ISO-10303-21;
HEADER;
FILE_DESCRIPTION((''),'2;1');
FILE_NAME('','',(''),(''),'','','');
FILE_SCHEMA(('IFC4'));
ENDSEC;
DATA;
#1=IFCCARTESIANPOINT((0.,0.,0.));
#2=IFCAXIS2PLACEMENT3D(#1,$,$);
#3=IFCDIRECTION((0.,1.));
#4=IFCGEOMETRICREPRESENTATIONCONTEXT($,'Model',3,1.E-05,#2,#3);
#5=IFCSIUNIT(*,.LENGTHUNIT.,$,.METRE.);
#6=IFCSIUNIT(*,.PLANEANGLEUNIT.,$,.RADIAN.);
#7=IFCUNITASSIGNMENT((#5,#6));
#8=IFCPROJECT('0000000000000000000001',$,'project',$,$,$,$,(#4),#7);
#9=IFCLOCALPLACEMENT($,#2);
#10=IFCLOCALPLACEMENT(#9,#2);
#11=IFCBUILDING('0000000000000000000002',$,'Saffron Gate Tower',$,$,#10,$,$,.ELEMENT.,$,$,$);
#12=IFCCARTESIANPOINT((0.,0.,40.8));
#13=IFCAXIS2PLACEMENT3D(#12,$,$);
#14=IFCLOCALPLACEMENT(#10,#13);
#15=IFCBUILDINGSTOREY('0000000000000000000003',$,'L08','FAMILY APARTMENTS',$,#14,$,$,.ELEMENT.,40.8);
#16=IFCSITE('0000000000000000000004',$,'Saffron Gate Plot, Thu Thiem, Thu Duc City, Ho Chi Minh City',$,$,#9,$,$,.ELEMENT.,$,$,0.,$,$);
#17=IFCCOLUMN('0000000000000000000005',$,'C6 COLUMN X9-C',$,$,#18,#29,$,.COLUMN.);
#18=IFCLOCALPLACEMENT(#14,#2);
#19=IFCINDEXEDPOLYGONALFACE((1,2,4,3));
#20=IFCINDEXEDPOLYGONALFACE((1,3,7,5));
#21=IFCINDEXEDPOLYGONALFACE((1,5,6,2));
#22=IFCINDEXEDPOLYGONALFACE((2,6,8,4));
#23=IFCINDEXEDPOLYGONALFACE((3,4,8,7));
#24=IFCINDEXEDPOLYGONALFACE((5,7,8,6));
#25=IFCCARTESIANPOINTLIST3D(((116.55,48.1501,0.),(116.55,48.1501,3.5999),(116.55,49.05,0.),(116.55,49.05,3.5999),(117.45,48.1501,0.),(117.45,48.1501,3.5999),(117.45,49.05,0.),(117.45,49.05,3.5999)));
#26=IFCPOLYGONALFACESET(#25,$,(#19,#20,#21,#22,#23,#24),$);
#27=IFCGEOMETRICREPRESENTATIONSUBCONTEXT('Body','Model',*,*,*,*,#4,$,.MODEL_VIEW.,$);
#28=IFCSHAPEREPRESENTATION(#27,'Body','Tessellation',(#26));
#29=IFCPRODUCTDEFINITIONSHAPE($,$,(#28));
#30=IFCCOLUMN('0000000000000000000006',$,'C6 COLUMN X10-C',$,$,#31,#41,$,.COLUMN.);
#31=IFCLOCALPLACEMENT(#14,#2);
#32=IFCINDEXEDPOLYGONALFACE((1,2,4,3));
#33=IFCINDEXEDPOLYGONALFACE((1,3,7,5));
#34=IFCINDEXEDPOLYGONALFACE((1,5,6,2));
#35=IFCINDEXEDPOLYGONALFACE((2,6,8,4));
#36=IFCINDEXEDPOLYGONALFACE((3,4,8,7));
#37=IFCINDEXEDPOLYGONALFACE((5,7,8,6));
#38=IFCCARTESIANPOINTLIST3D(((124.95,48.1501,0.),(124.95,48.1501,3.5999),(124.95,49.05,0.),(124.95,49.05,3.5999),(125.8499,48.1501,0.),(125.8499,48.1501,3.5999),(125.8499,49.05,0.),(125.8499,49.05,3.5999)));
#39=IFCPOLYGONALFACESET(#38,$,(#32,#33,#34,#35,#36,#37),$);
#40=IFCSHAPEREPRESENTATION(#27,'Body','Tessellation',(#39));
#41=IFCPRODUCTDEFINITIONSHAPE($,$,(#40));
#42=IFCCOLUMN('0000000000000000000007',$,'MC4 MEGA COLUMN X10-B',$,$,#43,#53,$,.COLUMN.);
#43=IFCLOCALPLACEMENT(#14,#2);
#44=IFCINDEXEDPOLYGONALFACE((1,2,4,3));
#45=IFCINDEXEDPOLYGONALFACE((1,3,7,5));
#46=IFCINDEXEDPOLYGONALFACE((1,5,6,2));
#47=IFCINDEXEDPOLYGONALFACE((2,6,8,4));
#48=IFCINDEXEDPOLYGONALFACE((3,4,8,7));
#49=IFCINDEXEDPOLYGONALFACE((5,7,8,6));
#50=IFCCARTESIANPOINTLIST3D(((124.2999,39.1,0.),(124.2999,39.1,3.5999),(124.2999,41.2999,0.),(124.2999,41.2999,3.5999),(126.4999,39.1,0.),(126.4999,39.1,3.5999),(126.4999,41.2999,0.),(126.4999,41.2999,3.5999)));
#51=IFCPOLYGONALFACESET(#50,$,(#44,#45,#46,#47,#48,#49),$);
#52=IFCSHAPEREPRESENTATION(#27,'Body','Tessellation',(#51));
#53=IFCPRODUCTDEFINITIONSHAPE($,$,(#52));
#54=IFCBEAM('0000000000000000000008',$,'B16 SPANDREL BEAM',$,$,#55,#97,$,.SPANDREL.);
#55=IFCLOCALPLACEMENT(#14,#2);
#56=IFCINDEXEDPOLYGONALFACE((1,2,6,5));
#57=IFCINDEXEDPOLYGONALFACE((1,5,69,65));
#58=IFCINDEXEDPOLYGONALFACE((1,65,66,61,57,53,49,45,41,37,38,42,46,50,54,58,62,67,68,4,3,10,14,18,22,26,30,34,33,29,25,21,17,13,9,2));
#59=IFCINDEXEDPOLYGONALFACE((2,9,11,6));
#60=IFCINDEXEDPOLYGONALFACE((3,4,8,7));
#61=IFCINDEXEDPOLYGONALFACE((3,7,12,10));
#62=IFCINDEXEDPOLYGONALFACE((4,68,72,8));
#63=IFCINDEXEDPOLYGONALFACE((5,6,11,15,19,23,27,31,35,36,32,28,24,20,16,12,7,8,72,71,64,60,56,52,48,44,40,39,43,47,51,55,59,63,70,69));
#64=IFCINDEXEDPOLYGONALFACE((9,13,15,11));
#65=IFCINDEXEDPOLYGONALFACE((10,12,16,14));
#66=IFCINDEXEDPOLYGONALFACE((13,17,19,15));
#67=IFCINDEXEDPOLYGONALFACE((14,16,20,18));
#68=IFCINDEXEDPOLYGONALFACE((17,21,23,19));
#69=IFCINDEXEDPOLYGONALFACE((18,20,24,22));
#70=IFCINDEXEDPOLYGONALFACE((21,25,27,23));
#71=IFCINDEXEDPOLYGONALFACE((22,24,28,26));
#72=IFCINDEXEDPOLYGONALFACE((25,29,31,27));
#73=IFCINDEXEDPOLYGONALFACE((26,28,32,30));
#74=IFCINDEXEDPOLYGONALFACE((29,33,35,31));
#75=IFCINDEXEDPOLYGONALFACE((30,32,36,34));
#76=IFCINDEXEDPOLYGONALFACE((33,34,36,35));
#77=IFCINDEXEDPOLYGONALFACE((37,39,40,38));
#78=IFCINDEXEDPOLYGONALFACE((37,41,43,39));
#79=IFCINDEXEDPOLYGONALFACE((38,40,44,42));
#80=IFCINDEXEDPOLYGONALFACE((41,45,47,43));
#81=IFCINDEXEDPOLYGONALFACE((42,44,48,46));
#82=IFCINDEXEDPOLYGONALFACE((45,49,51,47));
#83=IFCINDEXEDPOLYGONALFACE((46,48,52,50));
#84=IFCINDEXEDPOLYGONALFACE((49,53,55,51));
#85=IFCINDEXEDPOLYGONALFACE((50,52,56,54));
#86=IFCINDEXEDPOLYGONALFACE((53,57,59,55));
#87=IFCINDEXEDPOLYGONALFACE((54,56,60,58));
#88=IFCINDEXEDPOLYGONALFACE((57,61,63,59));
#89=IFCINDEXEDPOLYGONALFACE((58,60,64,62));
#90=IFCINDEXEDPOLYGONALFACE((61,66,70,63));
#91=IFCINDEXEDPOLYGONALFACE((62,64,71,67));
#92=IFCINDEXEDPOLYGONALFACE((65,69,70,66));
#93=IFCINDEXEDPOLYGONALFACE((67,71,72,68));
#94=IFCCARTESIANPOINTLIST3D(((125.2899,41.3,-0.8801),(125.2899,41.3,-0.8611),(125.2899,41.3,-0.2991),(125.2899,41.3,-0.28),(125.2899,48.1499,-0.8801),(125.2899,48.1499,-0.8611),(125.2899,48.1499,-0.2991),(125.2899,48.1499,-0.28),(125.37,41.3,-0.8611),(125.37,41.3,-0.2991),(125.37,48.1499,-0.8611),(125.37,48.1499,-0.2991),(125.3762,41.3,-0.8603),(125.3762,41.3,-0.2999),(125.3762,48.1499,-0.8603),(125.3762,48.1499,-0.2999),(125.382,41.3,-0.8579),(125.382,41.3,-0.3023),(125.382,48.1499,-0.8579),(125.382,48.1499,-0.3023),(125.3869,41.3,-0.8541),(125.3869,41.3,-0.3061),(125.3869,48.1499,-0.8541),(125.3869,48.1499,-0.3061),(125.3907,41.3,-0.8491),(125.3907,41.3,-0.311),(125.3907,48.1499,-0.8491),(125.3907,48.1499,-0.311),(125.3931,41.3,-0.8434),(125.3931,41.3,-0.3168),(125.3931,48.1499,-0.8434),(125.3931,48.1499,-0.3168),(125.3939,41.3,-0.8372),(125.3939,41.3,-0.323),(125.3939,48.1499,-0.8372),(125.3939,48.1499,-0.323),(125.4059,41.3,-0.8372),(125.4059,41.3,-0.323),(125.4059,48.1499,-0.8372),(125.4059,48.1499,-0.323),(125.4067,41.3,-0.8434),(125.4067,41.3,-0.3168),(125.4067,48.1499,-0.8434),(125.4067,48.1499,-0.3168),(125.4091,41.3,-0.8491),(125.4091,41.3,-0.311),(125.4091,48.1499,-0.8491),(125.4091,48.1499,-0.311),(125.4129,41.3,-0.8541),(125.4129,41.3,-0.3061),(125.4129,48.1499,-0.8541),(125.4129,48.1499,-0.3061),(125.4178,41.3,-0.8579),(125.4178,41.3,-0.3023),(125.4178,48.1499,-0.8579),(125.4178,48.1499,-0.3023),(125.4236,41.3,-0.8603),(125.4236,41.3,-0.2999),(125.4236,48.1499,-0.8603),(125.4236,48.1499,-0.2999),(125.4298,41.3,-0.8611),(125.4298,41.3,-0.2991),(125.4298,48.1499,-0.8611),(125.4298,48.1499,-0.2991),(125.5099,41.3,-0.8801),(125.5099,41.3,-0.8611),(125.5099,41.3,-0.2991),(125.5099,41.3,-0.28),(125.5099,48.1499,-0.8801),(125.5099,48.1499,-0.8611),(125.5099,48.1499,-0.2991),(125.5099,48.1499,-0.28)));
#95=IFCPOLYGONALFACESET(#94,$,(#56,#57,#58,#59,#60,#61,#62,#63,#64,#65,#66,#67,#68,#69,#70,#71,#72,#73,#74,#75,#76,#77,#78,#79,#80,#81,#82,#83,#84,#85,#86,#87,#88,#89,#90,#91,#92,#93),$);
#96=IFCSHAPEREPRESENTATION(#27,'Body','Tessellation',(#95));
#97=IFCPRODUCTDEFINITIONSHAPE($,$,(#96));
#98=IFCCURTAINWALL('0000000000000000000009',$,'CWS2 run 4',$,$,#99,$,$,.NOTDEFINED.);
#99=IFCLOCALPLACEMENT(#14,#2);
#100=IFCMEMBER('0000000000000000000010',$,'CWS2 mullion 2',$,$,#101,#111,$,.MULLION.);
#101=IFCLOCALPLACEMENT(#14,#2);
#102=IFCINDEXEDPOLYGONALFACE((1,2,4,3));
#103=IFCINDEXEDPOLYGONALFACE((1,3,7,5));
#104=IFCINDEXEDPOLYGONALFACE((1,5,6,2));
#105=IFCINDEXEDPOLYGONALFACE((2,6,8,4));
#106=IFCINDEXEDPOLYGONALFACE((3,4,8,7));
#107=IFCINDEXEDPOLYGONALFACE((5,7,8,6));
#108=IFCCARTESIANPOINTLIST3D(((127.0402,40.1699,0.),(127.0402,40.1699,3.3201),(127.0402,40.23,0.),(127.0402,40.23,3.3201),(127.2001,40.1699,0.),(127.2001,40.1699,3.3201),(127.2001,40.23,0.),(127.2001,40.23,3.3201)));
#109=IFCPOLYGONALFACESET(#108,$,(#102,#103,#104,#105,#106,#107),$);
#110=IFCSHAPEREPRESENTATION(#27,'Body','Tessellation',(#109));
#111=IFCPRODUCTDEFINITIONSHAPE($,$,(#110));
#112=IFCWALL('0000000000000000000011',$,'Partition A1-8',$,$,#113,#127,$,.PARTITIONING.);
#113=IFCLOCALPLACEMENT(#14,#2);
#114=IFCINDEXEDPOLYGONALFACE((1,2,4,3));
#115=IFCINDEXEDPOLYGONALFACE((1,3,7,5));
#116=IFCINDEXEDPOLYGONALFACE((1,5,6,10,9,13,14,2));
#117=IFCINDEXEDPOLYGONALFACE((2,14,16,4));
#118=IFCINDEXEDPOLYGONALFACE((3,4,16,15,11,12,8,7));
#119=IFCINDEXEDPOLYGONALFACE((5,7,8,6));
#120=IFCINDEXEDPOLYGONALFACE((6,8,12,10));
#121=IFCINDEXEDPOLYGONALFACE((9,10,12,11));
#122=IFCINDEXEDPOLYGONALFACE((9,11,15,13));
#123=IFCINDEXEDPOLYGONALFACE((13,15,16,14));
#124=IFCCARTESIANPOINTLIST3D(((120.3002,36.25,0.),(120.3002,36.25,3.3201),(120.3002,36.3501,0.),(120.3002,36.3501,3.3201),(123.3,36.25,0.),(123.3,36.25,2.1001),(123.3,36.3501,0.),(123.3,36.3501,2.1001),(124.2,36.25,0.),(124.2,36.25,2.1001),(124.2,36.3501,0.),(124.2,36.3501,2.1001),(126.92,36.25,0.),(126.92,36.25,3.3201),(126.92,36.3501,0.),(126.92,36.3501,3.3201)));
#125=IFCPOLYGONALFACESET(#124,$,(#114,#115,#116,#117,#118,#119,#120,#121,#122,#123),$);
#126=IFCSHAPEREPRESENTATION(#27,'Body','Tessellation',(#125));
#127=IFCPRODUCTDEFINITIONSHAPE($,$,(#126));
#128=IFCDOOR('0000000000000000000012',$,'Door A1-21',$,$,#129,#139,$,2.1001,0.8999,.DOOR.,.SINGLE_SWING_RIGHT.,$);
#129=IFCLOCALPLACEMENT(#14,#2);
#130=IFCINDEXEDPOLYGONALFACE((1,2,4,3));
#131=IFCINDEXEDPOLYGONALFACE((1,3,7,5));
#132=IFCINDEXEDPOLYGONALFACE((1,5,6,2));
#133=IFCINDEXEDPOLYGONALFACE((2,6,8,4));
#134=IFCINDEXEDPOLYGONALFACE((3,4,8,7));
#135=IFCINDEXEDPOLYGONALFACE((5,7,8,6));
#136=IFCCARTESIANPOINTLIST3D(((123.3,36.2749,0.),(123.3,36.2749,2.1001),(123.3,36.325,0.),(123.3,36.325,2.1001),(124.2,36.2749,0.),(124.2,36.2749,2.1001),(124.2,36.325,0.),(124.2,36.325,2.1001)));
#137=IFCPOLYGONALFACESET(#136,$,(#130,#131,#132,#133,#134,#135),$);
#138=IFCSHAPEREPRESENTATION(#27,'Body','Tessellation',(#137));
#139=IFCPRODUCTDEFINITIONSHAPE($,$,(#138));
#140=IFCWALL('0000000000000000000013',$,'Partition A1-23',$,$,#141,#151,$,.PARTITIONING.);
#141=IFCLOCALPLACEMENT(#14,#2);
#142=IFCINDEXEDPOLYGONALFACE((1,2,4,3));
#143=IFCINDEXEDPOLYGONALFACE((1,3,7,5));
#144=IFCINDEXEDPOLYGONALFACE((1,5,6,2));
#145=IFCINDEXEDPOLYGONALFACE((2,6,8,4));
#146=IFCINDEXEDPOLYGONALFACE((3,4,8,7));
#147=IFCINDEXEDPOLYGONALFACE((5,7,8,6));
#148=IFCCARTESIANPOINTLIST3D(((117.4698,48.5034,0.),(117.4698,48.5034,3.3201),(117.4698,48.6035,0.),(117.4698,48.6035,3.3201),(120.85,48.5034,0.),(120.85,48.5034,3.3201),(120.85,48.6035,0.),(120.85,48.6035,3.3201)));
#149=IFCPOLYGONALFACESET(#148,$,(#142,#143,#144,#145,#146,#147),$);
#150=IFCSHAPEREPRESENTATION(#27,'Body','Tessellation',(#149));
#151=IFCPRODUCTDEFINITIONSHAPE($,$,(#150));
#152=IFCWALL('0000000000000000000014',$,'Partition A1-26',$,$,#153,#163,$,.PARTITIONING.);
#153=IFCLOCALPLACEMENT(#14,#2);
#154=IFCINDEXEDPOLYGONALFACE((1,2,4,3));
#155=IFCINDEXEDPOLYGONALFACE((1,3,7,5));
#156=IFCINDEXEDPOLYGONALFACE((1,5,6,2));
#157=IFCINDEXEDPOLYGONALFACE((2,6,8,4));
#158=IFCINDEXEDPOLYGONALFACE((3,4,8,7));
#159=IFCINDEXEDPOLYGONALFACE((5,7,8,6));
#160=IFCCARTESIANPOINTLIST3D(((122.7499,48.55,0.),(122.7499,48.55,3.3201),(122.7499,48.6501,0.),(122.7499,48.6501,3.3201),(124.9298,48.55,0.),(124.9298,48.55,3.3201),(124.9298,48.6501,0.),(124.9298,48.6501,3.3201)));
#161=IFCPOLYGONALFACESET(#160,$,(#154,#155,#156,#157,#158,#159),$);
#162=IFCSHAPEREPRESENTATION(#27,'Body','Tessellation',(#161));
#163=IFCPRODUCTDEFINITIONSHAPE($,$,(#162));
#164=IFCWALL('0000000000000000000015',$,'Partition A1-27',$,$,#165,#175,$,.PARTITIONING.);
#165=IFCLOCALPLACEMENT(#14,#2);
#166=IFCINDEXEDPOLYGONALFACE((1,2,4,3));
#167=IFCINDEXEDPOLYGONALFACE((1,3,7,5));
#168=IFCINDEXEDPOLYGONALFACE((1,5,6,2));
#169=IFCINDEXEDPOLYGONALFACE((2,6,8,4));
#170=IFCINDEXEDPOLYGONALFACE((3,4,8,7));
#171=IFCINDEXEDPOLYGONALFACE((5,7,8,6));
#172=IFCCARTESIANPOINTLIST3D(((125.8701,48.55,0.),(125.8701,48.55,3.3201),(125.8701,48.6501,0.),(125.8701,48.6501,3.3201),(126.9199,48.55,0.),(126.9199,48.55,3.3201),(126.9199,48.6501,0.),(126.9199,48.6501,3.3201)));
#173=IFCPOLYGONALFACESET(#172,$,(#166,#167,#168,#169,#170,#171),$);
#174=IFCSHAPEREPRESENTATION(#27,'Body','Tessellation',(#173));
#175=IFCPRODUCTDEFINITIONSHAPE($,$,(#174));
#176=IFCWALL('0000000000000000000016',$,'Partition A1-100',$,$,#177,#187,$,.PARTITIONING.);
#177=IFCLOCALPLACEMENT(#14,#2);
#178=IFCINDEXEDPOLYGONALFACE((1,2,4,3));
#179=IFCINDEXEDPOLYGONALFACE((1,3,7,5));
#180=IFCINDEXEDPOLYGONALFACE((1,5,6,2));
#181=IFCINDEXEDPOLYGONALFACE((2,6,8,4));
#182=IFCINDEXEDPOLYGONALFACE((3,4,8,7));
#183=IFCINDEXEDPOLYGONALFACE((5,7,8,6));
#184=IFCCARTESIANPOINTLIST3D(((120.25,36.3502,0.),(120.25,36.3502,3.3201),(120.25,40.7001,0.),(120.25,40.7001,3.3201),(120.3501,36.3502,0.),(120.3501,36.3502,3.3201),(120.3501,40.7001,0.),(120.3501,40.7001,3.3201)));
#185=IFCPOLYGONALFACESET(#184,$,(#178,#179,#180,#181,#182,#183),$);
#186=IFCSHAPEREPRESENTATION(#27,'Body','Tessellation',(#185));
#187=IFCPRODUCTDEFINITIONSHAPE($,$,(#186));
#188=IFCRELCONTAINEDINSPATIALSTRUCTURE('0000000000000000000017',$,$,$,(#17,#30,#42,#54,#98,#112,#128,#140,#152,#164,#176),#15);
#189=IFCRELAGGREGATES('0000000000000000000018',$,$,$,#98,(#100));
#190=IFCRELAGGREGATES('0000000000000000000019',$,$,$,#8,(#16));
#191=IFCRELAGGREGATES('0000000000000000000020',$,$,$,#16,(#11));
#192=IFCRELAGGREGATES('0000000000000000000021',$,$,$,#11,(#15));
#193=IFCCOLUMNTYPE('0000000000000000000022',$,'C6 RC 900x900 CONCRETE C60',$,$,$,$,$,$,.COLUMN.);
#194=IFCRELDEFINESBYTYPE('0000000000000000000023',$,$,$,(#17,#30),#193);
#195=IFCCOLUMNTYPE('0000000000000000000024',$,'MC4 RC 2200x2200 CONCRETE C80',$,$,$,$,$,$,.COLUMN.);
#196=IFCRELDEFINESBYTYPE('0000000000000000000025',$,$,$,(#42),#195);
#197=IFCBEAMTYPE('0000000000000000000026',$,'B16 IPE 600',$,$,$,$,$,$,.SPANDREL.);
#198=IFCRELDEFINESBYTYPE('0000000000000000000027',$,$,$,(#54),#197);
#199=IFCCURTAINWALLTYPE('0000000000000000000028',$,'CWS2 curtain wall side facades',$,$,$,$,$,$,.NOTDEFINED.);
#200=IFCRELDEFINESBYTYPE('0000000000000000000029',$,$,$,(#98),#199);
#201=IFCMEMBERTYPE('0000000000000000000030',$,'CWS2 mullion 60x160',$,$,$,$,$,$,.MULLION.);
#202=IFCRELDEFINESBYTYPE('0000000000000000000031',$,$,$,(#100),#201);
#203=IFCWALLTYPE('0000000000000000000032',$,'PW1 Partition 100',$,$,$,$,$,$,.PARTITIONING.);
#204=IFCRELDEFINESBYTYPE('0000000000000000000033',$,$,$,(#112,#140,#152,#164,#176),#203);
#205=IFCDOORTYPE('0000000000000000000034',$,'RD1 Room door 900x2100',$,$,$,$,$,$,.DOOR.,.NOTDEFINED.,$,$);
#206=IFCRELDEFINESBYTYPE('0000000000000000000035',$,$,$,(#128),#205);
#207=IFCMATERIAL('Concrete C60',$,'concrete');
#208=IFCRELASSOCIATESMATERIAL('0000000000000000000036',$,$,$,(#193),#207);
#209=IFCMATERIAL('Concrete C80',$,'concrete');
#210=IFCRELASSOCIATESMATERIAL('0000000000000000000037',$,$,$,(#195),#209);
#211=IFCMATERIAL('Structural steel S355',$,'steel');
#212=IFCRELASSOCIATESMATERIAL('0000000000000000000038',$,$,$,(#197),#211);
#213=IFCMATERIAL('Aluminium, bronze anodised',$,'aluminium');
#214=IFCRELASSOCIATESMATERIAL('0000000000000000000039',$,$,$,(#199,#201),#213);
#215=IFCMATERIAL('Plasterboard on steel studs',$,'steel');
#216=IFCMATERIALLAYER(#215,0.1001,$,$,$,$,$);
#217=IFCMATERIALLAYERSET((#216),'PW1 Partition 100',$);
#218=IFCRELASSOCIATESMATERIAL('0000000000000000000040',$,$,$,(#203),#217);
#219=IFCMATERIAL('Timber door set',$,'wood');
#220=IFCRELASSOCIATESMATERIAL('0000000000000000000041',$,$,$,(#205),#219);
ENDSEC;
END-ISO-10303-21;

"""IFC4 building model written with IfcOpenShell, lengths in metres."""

from ifc_helpers import new_model, si_unit, direction, frame, frame_2d, origin, origin_2d, place, context, subcontext, project, spatial, rectangle, i_section, extrude, material, layer, layer_set, material_profile, profile_set, type_object, element, fill, aggregate, save


model = new_model("IFC4")

# Units and contexts
model_context = context("Model", 3, precision=1e-05, world=origin(), true_north=direction((0.0, 1.0)))
body_context = subcontext(model_context, "Body", "Model", "MODEL_VIEW")
ifc_project = project(units=[si_unit("LENGTHUNIT", "METRE"), si_unit("PLANEANGLEUNIT", "RADIAN")], contexts=[model_context])

# Site, building, storey
site_placement = place(None, origin())
site = spatial("IfcSite", under=ifc_project, at=site_placement, Name="Saffron Gate Plot, Thu Thiem, Thu Duc City, Ho Chi Minh City", CompositionType="ELEMENT", RefElevation=0.0)
building_placement = place(site_placement, origin())
building = spatial("IfcBuilding", under=site, at=building_placement, Name="Saffron Gate Tower", CompositionType="ELEMENT")
storey_placement = place(building_placement, frame((0.0, 0.0, 40.8)))
storey = spatial("IfcBuildingStorey", under=building, at=storey_placement, Name="L08", Description="FAMILY APARTMENTS", CompositionType="ELEMENT", Elevation=40.8)

# Columns
ifc_material_1 = material(Name="Concrete C60", Category="concrete")
ifc_material_profile_1 = material_profile(ifc_material_1, rectangle(XDim=0.8999, YDim=0.8999, at=origin_2d()))
ifc_profile_set_1 = profile_set([ifc_material_profile_1], Name="Concrete C60")
column_type_1 = type_object("IfcColumnType", Name="C6 RC 900x900 CONCRETE C60", PredefinedType="COLUMN", material=ifc_profile_set_1)
for number, where, z_axis, x_axis, name in (
    (1, (117.0, 48.6001, 0.0), (0.0, 0.0, 1.0), (1.0, 0.0, 0.0), "C6 COLUMN X9-C"),
    (2, (125.3999, 48.6001, 0.0), (0.0, 0.0, 1.0), (1.0, 0.0, 0.0), "C6 COLUMN X10-C"),
):
    element("IfcColumn", number, at=place(storey_placement, frame(where, z_axis=z_axis, x_axis=x_axis)), inside=storey, type_object=column_type_1, Name=name, PredefinedType="COLUMN", context=body_context, shape_type="SweptSolid", body=[
        extrude(rectangle(XDim=0.8999, YDim=0.8999, at=origin_2d()), origin(), (0.0, 0.0, 1.0), 3.5999),
    ])
ifc_material_2 = material(Name="Concrete C80", Category="concrete")
ifc_material_profile_2 = material_profile(ifc_material_2, rectangle(XDim=2.2, YDim=2.2, at=origin_2d()))
ifc_profile_set_2 = profile_set([ifc_material_profile_2], Name="Concrete C80")
column_type_2 = type_object("IfcColumnType", Name="MC4 RC 2200x2200 CONCRETE C80", PredefinedType="COLUMN", material=ifc_profile_set_2)
column_placement = place(storey_placement, frame((125.3999, 40.2, 0.0), z_axis=(0.0, 0.0, 1.0), x_axis=(1.0, 0.0, 0.0)))
element("IfcColumn", 3, at=column_placement, inside=storey, type_object=column_type_2, Name="MC4 MEGA COLUMN X10-B", PredefinedType="COLUMN", context=body_context, shape_type="SweptSolid", body=[
    extrude(rectangle(XDim=2.2, YDim=2.2, at=origin_2d()), origin(), (0.0, 0.0, 1.0), 3.5999),
])

# Beam
ifc_material_3 = material(Name="Structural steel S355", Category="steel")
ifc_material_profile_3 = material_profile(ifc_material_3, i_section(OverallWidth=0.22, OverallDepth=0.6001, WebThickness=0.012, FlangeThickness=0.019, FilletRadius=0.0239, at=origin_2d()))
ifc_profile_set_3 = profile_set([ifc_material_profile_3], Name="Structural steel S355")
beam_type = type_object("IfcBeamType", Name="B16 IPE 600", PredefinedType="SPANDREL", material=ifc_profile_set_3)
beam_placement = place(storey_placement, frame((125.3999, 41.3, -0.5801), z_axis=(0.0, 1.0, 0.0), x_axis=(-1.0, 0.0, 0.0)))
element("IfcBeam", 4, at=beam_placement, inside=storey, type_object=beam_type, Name="B16 SPANDREL BEAM", PredefinedType="SPANDREL", context=body_context, shape_type="SweptSolid", body=[
    extrude(i_section(OverallWidth=0.22, OverallDepth=0.6001, WebThickness=0.012, FlangeThickness=0.019, FilletRadius=0.0239, at=origin_2d()), origin(), (0.0, 0.0, 1.0), 6.8499),
])

# Curtain wall, member
ifc_material_4 = material(Name="Aluminium, bronze anodised", Category="aluminium")
curtain_wall_type = type_object("IfcCurtainWallType", Name="CWS2 curtain wall side facades", PredefinedType="NOTDEFINED", material=ifc_material_4)
curtain_wall_placement = place(storey_placement, origin())
curtain_wall = element("IfcCurtainWall", 5, at=curtain_wall_placement, inside=storey, type_object=curtain_wall_type, Name="CWS2 run 4", PredefinedType="NOTDEFINED")
ifc_material_profile_4 = material_profile(ifc_material_4, rectangle(XDim=0.1599, YDim=0.0601, at=origin_2d()))
ifc_profile_set_4 = profile_set([ifc_material_profile_4], Name="Aluminium, bronze anodised")
member_type = type_object("IfcMemberType", Name="CWS2 mullion 60x160", PredefinedType="MULLION", material=ifc_profile_set_4)
member_placement = place(storey_placement, frame((127.1201, 40.2, 0.0), z_axis=(0.0, 0.0, 1.0), x_axis=(-1.0, 0.0, 0.0)))
member = element("IfcMember", 6, at=member_placement, type_object=member_type, Name="CWS2 mullion 2", PredefinedType="MULLION", context=body_context, shape_type="SweptSolid", body=[
    extrude(rectangle(XDim=0.1599, YDim=0.0601, at=origin_2d()), origin(), (0.0, 0.0, 1.0), 3.3201),
])
aggregate(curtain_wall, [member])

# Wall, opening, door
ifc_material_5 = material(Name="Plasterboard on steel studs", Category="steel")
ifc_layer_1 = layer(ifc_material_5, 0.1001)
ifc_layer_set_1 = layer_set([ifc_layer_1], Name="PW1 Partition 100")
wall_type_1 = type_object("IfcWallType", Name="PW1 Partition 100", PredefinedType="PARTITIONING", material=ifc_layer_set_1)
wall_1_placement = place(storey_placement, frame((120.3, 36.3, 0.0), z_axis=(0.0, 0.0, 1.0), x_axis=(1.0, 0.0, 0.0)))
wall_1 = element("IfcWall", 7, at=wall_1_placement, inside=storey, type_object=wall_type_1, Name="Partition A1-8", PredefinedType="PARTITIONING", context=body_context, shape_type="SweptSolid", body=[
    extrude(rectangle(XDim=6.6199, YDim=0.1001, at=frame_2d((3.3101, 0.0))), origin(), (0.0, 0.0, 1.0), 3.3201),
])
opening_1_placement = place(wall_1_placement, frame((3.0, 0.0, 0.0)))
opening_1 = element("IfcOpeningElement", 8, at=opening_1_placement, cuts=wall_1, PredefinedType="OPENING", context=body_context, shape_type="SweptSolid", body=[
    extrude(rectangle(XDim=0.8999, YDim=2.1001, at=frame_2d((0.45, 1.05))), frame((0.0, 0.0601, 0.0), z_axis=(0.0, -1.0, 0.0), x_axis=(1.0, 0.0, 0.0)), (0.0, 0.0, 1.0), 0.1201),
])
ifc_material_6 = material(Name="Timber door set", Category="wood")
door_type_1 = type_object("IfcDoorType", Name="RD1 Room door 900x2100", OperationType="NOTDEFINED", PredefinedType="DOOR", material=ifc_material_6)
door_1_placement = place(opening_1_placement, origin())
door_1 = element("IfcDoor", 9, at=door_1_placement, inside=storey, type_object=door_type_1, Name="Door A1-21", OperationType="SINGLE_SWING_RIGHT", OverallHeight=2.1001, OverallWidth=0.8999, PredefinedType="DOOR", context=body_context, shape_type="SweptSolid", body=[
    extrude(rectangle(XDim=0.8999, YDim=2.1001, at=frame_2d((0.45, 1.05))), frame((0.0, 0.0249, 0.0), z_axis=(0.0, -1.0, 0.0), x_axis=(1.0, 0.0, 0.0)), (0.0, 0.0, 1.0), 0.05),
])
fill(opening_1, door_1)

# Walls
wall_2_placement = place(storey_placement, frame((117.47, 48.5535, 0.0), z_axis=(0.0, 0.0, 1.0), x_axis=(1.0, 0.0, 0.0)))
element("IfcWall", 10, at=wall_2_placement, inside=storey, type_object=wall_type_1, Name="Partition A1-23", PredefinedType="PARTITIONING", context=body_context, shape_type="SweptSolid", body=[
    extrude(rectangle(XDim=3.3801, YDim=0.1001, at=frame_2d((1.6899, 0.0))), origin(), (0.0, 0.0, 1.0), 3.3201),
])
wall_3_placement = place(storey_placement, frame((122.75, 48.6001, 0.0), z_axis=(0.0, 0.0, 1.0), x_axis=(1.0, 0.0, 0.0)))
element("IfcWall", 11, at=wall_3_placement, inside=storey, type_object=wall_type_1, Name="Partition A1-26", PredefinedType="PARTITIONING", context=body_context, shape_type="SweptSolid", body=[
    extrude(rectangle(XDim=2.1799, YDim=0.1001, at=frame_2d((1.0898, 0.0))), origin(), (0.0, 0.0, 1.0), 3.3201),
])
wall_4_placement = place(storey_placement, frame((125.8701, 48.6001, 0.0), z_axis=(0.0, 0.0, 1.0), x_axis=(1.0, 0.0, 0.0)))
element("IfcWall", 12, at=wall_4_placement, inside=storey, type_object=wall_type_1, Name="Partition A1-27", PredefinedType="PARTITIONING", context=body_context, shape_type="SweptSolid", body=[
    extrude(rectangle(XDim=1.0498, YDim=0.1001, at=frame_2d((0.5249, 0.0))), origin(), (0.0, 0.0, 1.0), 3.3201),
])
wall_5_placement = place(storey_placement, frame((120.3, 40.7, 0.0), z_axis=(0.0, 0.0, 1.0), x_axis=(0.0, -1.0, 0.0)))
element("IfcWall", 13, at=wall_5_placement, inside=storey, type_object=wall_type_1, Name="Partition A1-100", PredefinedType="PARTITIONING", context=body_context, shape_type="SweptSolid", body=[
    extrude(rectangle(XDim=4.3499, YDim=0.1001, at=frame_2d((2.1748, 0.0))), origin(), (0.0, 0.0, 1.0), 3.3201),
])

save(model, "model.ifc")
